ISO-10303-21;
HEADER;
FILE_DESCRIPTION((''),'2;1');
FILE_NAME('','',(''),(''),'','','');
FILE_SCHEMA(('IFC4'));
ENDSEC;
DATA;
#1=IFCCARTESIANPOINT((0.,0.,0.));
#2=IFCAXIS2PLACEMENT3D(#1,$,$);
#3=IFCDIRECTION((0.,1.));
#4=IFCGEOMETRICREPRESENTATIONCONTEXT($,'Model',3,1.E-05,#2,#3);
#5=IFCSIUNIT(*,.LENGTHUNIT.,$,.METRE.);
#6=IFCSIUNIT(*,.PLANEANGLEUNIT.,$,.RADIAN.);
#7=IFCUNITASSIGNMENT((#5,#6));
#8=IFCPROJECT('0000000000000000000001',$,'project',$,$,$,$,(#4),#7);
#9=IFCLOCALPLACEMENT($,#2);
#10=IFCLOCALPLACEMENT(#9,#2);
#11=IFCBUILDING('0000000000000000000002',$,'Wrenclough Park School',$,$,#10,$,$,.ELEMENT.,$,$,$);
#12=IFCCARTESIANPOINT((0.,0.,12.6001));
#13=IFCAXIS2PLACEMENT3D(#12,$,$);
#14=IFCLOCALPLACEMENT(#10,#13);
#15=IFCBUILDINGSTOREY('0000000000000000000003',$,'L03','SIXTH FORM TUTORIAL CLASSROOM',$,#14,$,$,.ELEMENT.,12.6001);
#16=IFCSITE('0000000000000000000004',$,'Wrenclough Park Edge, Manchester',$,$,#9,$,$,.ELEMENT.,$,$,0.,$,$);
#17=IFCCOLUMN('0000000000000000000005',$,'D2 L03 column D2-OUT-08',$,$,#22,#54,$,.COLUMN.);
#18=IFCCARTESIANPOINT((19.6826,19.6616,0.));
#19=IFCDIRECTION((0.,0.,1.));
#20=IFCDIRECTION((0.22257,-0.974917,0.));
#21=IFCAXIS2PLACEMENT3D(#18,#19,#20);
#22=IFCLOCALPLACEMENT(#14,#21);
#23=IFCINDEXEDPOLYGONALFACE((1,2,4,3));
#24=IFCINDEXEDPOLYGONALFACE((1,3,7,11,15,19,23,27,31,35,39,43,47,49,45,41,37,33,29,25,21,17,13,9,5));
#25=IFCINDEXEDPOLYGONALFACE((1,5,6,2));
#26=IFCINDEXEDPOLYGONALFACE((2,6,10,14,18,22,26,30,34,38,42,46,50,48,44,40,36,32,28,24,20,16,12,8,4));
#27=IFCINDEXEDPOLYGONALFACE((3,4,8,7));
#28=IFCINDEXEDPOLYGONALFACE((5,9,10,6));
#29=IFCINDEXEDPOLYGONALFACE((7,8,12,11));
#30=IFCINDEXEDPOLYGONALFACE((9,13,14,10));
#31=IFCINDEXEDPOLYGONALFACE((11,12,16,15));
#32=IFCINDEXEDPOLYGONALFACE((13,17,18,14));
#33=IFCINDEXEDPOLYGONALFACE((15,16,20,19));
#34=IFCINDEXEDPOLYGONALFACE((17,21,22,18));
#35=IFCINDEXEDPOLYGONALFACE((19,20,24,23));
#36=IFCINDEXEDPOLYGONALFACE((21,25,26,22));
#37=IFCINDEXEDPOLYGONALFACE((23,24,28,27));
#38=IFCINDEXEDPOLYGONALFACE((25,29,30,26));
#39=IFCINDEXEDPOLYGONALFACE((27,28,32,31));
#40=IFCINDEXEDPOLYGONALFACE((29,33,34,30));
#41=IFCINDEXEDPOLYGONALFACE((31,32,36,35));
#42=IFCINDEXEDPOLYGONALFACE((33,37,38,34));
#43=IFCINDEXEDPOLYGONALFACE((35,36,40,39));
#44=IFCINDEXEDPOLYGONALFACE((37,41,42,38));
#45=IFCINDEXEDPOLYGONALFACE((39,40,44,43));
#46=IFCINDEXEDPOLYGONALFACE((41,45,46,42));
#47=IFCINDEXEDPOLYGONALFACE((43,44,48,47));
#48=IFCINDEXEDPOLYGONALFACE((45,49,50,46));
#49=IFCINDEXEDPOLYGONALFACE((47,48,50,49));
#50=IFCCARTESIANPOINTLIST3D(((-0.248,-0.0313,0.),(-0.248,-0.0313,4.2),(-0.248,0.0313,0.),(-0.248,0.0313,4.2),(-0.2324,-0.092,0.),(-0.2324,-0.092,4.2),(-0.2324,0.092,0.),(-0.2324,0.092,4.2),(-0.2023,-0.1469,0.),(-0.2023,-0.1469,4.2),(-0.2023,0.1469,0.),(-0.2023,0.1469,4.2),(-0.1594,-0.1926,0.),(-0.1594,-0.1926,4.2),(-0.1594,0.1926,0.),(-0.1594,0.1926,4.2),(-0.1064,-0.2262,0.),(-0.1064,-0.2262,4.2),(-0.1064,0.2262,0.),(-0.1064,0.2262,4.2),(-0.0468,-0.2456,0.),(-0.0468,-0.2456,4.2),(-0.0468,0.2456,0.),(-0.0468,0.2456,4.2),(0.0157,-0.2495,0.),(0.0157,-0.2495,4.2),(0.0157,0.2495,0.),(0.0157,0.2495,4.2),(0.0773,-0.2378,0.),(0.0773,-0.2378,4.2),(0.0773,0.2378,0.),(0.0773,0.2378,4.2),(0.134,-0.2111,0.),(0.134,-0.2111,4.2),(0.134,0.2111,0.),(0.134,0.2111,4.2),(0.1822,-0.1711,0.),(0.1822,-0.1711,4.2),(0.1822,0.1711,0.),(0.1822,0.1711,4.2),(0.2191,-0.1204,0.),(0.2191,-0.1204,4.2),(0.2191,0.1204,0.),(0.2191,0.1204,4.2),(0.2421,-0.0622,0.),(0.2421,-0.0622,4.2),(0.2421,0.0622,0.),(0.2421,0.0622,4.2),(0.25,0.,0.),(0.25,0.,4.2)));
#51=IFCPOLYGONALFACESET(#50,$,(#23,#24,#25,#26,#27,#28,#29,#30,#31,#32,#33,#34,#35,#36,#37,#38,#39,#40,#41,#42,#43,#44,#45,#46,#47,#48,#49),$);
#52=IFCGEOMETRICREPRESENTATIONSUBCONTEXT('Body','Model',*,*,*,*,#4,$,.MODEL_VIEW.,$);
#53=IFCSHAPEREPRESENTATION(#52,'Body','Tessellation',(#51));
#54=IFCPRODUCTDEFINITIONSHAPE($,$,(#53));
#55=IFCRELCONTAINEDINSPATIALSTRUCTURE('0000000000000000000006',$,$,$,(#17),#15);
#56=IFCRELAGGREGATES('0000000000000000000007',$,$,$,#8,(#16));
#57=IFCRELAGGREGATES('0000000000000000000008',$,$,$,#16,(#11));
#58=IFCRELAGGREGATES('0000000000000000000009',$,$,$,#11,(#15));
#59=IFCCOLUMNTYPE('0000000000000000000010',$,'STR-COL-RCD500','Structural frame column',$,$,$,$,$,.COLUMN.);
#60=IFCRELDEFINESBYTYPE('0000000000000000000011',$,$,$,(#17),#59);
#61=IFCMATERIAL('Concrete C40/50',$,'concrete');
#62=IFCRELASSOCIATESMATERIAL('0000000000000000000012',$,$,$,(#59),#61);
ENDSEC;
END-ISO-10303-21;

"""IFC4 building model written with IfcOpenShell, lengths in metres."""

from ifc_helpers import new_model, si_unit, direction, frame, origin, origin_2d, place, context, subcontext, project, spatial, circle, extrude, material, material_profile, profile_set, type_object, element, save


model = new_model("IFC4")

# Units and contexts
model_context = context("Model", 3, precision=1e-05, world=origin(), true_north=direction((0.0, 1.0)))
body_context = subcontext(model_context, "Body", "Model", "MODEL_VIEW")
ifc_project = project(units=[si_unit("LENGTHUNIT", "METRE"), si_unit("PLANEANGLEUNIT", "RADIAN")], contexts=[model_context])

# Site, building, storey
site_placement = place(None, origin())
site = spatial("IfcSite", under=ifc_project, at=site_placement, Name="Wrenclough Park Edge, Manchester", CompositionType="ELEMENT", RefElevation=0.0)
building_placement = place(site_placement, origin())
building = spatial("IfcBuilding", under=site, at=building_placement, Name="Wrenclough Park School", CompositionType="ELEMENT")
storey_placement = place(building_placement, frame((0.0, 0.0, 12.6001)))
storey = spatial("IfcBuildingStorey", under=building, at=storey_placement, Name="L03", Description="SIXTH FORM TUTORIAL CLASSROOM", CompositionType="ELEMENT", Elevation=12.6001)

# Column
ifc_material_1 = material(Name="Concrete C40/50", Category="concrete")
ifc_material_profile_1 = material_profile(ifc_material_1, circle(Radius=0.25, at=origin_2d()), Name="RC COL D500")
ifc_profile_set_1 = profile_set([ifc_material_profile_1], Name="Concrete C40/50")
column_type = type_object("IfcColumnType", Name="STR-COL-RCD500", Description="Structural frame column", PredefinedType="COLUMN", material=ifc_profile_set_1)
column_placement = place(storey_placement, frame((19.6826, 19.6616, 0.0), z_axis=(0.0, 0.0, 1.0), x_axis=(0.22257, -0.974917, 0.0)))
element("IfcColumn", 1, at=column_placement, inside=storey, type_object=column_type, Name="D2 L03 column D2-OUT-08", PredefinedType="COLUMN", context=body_context, shape_type="SweptSolid", body=[
    extrude(circle(Radius=0.25, at=origin_2d()), origin(), (0.0, 0.0, 1.0), 4.2),
])

save(model, "model.ifc")
